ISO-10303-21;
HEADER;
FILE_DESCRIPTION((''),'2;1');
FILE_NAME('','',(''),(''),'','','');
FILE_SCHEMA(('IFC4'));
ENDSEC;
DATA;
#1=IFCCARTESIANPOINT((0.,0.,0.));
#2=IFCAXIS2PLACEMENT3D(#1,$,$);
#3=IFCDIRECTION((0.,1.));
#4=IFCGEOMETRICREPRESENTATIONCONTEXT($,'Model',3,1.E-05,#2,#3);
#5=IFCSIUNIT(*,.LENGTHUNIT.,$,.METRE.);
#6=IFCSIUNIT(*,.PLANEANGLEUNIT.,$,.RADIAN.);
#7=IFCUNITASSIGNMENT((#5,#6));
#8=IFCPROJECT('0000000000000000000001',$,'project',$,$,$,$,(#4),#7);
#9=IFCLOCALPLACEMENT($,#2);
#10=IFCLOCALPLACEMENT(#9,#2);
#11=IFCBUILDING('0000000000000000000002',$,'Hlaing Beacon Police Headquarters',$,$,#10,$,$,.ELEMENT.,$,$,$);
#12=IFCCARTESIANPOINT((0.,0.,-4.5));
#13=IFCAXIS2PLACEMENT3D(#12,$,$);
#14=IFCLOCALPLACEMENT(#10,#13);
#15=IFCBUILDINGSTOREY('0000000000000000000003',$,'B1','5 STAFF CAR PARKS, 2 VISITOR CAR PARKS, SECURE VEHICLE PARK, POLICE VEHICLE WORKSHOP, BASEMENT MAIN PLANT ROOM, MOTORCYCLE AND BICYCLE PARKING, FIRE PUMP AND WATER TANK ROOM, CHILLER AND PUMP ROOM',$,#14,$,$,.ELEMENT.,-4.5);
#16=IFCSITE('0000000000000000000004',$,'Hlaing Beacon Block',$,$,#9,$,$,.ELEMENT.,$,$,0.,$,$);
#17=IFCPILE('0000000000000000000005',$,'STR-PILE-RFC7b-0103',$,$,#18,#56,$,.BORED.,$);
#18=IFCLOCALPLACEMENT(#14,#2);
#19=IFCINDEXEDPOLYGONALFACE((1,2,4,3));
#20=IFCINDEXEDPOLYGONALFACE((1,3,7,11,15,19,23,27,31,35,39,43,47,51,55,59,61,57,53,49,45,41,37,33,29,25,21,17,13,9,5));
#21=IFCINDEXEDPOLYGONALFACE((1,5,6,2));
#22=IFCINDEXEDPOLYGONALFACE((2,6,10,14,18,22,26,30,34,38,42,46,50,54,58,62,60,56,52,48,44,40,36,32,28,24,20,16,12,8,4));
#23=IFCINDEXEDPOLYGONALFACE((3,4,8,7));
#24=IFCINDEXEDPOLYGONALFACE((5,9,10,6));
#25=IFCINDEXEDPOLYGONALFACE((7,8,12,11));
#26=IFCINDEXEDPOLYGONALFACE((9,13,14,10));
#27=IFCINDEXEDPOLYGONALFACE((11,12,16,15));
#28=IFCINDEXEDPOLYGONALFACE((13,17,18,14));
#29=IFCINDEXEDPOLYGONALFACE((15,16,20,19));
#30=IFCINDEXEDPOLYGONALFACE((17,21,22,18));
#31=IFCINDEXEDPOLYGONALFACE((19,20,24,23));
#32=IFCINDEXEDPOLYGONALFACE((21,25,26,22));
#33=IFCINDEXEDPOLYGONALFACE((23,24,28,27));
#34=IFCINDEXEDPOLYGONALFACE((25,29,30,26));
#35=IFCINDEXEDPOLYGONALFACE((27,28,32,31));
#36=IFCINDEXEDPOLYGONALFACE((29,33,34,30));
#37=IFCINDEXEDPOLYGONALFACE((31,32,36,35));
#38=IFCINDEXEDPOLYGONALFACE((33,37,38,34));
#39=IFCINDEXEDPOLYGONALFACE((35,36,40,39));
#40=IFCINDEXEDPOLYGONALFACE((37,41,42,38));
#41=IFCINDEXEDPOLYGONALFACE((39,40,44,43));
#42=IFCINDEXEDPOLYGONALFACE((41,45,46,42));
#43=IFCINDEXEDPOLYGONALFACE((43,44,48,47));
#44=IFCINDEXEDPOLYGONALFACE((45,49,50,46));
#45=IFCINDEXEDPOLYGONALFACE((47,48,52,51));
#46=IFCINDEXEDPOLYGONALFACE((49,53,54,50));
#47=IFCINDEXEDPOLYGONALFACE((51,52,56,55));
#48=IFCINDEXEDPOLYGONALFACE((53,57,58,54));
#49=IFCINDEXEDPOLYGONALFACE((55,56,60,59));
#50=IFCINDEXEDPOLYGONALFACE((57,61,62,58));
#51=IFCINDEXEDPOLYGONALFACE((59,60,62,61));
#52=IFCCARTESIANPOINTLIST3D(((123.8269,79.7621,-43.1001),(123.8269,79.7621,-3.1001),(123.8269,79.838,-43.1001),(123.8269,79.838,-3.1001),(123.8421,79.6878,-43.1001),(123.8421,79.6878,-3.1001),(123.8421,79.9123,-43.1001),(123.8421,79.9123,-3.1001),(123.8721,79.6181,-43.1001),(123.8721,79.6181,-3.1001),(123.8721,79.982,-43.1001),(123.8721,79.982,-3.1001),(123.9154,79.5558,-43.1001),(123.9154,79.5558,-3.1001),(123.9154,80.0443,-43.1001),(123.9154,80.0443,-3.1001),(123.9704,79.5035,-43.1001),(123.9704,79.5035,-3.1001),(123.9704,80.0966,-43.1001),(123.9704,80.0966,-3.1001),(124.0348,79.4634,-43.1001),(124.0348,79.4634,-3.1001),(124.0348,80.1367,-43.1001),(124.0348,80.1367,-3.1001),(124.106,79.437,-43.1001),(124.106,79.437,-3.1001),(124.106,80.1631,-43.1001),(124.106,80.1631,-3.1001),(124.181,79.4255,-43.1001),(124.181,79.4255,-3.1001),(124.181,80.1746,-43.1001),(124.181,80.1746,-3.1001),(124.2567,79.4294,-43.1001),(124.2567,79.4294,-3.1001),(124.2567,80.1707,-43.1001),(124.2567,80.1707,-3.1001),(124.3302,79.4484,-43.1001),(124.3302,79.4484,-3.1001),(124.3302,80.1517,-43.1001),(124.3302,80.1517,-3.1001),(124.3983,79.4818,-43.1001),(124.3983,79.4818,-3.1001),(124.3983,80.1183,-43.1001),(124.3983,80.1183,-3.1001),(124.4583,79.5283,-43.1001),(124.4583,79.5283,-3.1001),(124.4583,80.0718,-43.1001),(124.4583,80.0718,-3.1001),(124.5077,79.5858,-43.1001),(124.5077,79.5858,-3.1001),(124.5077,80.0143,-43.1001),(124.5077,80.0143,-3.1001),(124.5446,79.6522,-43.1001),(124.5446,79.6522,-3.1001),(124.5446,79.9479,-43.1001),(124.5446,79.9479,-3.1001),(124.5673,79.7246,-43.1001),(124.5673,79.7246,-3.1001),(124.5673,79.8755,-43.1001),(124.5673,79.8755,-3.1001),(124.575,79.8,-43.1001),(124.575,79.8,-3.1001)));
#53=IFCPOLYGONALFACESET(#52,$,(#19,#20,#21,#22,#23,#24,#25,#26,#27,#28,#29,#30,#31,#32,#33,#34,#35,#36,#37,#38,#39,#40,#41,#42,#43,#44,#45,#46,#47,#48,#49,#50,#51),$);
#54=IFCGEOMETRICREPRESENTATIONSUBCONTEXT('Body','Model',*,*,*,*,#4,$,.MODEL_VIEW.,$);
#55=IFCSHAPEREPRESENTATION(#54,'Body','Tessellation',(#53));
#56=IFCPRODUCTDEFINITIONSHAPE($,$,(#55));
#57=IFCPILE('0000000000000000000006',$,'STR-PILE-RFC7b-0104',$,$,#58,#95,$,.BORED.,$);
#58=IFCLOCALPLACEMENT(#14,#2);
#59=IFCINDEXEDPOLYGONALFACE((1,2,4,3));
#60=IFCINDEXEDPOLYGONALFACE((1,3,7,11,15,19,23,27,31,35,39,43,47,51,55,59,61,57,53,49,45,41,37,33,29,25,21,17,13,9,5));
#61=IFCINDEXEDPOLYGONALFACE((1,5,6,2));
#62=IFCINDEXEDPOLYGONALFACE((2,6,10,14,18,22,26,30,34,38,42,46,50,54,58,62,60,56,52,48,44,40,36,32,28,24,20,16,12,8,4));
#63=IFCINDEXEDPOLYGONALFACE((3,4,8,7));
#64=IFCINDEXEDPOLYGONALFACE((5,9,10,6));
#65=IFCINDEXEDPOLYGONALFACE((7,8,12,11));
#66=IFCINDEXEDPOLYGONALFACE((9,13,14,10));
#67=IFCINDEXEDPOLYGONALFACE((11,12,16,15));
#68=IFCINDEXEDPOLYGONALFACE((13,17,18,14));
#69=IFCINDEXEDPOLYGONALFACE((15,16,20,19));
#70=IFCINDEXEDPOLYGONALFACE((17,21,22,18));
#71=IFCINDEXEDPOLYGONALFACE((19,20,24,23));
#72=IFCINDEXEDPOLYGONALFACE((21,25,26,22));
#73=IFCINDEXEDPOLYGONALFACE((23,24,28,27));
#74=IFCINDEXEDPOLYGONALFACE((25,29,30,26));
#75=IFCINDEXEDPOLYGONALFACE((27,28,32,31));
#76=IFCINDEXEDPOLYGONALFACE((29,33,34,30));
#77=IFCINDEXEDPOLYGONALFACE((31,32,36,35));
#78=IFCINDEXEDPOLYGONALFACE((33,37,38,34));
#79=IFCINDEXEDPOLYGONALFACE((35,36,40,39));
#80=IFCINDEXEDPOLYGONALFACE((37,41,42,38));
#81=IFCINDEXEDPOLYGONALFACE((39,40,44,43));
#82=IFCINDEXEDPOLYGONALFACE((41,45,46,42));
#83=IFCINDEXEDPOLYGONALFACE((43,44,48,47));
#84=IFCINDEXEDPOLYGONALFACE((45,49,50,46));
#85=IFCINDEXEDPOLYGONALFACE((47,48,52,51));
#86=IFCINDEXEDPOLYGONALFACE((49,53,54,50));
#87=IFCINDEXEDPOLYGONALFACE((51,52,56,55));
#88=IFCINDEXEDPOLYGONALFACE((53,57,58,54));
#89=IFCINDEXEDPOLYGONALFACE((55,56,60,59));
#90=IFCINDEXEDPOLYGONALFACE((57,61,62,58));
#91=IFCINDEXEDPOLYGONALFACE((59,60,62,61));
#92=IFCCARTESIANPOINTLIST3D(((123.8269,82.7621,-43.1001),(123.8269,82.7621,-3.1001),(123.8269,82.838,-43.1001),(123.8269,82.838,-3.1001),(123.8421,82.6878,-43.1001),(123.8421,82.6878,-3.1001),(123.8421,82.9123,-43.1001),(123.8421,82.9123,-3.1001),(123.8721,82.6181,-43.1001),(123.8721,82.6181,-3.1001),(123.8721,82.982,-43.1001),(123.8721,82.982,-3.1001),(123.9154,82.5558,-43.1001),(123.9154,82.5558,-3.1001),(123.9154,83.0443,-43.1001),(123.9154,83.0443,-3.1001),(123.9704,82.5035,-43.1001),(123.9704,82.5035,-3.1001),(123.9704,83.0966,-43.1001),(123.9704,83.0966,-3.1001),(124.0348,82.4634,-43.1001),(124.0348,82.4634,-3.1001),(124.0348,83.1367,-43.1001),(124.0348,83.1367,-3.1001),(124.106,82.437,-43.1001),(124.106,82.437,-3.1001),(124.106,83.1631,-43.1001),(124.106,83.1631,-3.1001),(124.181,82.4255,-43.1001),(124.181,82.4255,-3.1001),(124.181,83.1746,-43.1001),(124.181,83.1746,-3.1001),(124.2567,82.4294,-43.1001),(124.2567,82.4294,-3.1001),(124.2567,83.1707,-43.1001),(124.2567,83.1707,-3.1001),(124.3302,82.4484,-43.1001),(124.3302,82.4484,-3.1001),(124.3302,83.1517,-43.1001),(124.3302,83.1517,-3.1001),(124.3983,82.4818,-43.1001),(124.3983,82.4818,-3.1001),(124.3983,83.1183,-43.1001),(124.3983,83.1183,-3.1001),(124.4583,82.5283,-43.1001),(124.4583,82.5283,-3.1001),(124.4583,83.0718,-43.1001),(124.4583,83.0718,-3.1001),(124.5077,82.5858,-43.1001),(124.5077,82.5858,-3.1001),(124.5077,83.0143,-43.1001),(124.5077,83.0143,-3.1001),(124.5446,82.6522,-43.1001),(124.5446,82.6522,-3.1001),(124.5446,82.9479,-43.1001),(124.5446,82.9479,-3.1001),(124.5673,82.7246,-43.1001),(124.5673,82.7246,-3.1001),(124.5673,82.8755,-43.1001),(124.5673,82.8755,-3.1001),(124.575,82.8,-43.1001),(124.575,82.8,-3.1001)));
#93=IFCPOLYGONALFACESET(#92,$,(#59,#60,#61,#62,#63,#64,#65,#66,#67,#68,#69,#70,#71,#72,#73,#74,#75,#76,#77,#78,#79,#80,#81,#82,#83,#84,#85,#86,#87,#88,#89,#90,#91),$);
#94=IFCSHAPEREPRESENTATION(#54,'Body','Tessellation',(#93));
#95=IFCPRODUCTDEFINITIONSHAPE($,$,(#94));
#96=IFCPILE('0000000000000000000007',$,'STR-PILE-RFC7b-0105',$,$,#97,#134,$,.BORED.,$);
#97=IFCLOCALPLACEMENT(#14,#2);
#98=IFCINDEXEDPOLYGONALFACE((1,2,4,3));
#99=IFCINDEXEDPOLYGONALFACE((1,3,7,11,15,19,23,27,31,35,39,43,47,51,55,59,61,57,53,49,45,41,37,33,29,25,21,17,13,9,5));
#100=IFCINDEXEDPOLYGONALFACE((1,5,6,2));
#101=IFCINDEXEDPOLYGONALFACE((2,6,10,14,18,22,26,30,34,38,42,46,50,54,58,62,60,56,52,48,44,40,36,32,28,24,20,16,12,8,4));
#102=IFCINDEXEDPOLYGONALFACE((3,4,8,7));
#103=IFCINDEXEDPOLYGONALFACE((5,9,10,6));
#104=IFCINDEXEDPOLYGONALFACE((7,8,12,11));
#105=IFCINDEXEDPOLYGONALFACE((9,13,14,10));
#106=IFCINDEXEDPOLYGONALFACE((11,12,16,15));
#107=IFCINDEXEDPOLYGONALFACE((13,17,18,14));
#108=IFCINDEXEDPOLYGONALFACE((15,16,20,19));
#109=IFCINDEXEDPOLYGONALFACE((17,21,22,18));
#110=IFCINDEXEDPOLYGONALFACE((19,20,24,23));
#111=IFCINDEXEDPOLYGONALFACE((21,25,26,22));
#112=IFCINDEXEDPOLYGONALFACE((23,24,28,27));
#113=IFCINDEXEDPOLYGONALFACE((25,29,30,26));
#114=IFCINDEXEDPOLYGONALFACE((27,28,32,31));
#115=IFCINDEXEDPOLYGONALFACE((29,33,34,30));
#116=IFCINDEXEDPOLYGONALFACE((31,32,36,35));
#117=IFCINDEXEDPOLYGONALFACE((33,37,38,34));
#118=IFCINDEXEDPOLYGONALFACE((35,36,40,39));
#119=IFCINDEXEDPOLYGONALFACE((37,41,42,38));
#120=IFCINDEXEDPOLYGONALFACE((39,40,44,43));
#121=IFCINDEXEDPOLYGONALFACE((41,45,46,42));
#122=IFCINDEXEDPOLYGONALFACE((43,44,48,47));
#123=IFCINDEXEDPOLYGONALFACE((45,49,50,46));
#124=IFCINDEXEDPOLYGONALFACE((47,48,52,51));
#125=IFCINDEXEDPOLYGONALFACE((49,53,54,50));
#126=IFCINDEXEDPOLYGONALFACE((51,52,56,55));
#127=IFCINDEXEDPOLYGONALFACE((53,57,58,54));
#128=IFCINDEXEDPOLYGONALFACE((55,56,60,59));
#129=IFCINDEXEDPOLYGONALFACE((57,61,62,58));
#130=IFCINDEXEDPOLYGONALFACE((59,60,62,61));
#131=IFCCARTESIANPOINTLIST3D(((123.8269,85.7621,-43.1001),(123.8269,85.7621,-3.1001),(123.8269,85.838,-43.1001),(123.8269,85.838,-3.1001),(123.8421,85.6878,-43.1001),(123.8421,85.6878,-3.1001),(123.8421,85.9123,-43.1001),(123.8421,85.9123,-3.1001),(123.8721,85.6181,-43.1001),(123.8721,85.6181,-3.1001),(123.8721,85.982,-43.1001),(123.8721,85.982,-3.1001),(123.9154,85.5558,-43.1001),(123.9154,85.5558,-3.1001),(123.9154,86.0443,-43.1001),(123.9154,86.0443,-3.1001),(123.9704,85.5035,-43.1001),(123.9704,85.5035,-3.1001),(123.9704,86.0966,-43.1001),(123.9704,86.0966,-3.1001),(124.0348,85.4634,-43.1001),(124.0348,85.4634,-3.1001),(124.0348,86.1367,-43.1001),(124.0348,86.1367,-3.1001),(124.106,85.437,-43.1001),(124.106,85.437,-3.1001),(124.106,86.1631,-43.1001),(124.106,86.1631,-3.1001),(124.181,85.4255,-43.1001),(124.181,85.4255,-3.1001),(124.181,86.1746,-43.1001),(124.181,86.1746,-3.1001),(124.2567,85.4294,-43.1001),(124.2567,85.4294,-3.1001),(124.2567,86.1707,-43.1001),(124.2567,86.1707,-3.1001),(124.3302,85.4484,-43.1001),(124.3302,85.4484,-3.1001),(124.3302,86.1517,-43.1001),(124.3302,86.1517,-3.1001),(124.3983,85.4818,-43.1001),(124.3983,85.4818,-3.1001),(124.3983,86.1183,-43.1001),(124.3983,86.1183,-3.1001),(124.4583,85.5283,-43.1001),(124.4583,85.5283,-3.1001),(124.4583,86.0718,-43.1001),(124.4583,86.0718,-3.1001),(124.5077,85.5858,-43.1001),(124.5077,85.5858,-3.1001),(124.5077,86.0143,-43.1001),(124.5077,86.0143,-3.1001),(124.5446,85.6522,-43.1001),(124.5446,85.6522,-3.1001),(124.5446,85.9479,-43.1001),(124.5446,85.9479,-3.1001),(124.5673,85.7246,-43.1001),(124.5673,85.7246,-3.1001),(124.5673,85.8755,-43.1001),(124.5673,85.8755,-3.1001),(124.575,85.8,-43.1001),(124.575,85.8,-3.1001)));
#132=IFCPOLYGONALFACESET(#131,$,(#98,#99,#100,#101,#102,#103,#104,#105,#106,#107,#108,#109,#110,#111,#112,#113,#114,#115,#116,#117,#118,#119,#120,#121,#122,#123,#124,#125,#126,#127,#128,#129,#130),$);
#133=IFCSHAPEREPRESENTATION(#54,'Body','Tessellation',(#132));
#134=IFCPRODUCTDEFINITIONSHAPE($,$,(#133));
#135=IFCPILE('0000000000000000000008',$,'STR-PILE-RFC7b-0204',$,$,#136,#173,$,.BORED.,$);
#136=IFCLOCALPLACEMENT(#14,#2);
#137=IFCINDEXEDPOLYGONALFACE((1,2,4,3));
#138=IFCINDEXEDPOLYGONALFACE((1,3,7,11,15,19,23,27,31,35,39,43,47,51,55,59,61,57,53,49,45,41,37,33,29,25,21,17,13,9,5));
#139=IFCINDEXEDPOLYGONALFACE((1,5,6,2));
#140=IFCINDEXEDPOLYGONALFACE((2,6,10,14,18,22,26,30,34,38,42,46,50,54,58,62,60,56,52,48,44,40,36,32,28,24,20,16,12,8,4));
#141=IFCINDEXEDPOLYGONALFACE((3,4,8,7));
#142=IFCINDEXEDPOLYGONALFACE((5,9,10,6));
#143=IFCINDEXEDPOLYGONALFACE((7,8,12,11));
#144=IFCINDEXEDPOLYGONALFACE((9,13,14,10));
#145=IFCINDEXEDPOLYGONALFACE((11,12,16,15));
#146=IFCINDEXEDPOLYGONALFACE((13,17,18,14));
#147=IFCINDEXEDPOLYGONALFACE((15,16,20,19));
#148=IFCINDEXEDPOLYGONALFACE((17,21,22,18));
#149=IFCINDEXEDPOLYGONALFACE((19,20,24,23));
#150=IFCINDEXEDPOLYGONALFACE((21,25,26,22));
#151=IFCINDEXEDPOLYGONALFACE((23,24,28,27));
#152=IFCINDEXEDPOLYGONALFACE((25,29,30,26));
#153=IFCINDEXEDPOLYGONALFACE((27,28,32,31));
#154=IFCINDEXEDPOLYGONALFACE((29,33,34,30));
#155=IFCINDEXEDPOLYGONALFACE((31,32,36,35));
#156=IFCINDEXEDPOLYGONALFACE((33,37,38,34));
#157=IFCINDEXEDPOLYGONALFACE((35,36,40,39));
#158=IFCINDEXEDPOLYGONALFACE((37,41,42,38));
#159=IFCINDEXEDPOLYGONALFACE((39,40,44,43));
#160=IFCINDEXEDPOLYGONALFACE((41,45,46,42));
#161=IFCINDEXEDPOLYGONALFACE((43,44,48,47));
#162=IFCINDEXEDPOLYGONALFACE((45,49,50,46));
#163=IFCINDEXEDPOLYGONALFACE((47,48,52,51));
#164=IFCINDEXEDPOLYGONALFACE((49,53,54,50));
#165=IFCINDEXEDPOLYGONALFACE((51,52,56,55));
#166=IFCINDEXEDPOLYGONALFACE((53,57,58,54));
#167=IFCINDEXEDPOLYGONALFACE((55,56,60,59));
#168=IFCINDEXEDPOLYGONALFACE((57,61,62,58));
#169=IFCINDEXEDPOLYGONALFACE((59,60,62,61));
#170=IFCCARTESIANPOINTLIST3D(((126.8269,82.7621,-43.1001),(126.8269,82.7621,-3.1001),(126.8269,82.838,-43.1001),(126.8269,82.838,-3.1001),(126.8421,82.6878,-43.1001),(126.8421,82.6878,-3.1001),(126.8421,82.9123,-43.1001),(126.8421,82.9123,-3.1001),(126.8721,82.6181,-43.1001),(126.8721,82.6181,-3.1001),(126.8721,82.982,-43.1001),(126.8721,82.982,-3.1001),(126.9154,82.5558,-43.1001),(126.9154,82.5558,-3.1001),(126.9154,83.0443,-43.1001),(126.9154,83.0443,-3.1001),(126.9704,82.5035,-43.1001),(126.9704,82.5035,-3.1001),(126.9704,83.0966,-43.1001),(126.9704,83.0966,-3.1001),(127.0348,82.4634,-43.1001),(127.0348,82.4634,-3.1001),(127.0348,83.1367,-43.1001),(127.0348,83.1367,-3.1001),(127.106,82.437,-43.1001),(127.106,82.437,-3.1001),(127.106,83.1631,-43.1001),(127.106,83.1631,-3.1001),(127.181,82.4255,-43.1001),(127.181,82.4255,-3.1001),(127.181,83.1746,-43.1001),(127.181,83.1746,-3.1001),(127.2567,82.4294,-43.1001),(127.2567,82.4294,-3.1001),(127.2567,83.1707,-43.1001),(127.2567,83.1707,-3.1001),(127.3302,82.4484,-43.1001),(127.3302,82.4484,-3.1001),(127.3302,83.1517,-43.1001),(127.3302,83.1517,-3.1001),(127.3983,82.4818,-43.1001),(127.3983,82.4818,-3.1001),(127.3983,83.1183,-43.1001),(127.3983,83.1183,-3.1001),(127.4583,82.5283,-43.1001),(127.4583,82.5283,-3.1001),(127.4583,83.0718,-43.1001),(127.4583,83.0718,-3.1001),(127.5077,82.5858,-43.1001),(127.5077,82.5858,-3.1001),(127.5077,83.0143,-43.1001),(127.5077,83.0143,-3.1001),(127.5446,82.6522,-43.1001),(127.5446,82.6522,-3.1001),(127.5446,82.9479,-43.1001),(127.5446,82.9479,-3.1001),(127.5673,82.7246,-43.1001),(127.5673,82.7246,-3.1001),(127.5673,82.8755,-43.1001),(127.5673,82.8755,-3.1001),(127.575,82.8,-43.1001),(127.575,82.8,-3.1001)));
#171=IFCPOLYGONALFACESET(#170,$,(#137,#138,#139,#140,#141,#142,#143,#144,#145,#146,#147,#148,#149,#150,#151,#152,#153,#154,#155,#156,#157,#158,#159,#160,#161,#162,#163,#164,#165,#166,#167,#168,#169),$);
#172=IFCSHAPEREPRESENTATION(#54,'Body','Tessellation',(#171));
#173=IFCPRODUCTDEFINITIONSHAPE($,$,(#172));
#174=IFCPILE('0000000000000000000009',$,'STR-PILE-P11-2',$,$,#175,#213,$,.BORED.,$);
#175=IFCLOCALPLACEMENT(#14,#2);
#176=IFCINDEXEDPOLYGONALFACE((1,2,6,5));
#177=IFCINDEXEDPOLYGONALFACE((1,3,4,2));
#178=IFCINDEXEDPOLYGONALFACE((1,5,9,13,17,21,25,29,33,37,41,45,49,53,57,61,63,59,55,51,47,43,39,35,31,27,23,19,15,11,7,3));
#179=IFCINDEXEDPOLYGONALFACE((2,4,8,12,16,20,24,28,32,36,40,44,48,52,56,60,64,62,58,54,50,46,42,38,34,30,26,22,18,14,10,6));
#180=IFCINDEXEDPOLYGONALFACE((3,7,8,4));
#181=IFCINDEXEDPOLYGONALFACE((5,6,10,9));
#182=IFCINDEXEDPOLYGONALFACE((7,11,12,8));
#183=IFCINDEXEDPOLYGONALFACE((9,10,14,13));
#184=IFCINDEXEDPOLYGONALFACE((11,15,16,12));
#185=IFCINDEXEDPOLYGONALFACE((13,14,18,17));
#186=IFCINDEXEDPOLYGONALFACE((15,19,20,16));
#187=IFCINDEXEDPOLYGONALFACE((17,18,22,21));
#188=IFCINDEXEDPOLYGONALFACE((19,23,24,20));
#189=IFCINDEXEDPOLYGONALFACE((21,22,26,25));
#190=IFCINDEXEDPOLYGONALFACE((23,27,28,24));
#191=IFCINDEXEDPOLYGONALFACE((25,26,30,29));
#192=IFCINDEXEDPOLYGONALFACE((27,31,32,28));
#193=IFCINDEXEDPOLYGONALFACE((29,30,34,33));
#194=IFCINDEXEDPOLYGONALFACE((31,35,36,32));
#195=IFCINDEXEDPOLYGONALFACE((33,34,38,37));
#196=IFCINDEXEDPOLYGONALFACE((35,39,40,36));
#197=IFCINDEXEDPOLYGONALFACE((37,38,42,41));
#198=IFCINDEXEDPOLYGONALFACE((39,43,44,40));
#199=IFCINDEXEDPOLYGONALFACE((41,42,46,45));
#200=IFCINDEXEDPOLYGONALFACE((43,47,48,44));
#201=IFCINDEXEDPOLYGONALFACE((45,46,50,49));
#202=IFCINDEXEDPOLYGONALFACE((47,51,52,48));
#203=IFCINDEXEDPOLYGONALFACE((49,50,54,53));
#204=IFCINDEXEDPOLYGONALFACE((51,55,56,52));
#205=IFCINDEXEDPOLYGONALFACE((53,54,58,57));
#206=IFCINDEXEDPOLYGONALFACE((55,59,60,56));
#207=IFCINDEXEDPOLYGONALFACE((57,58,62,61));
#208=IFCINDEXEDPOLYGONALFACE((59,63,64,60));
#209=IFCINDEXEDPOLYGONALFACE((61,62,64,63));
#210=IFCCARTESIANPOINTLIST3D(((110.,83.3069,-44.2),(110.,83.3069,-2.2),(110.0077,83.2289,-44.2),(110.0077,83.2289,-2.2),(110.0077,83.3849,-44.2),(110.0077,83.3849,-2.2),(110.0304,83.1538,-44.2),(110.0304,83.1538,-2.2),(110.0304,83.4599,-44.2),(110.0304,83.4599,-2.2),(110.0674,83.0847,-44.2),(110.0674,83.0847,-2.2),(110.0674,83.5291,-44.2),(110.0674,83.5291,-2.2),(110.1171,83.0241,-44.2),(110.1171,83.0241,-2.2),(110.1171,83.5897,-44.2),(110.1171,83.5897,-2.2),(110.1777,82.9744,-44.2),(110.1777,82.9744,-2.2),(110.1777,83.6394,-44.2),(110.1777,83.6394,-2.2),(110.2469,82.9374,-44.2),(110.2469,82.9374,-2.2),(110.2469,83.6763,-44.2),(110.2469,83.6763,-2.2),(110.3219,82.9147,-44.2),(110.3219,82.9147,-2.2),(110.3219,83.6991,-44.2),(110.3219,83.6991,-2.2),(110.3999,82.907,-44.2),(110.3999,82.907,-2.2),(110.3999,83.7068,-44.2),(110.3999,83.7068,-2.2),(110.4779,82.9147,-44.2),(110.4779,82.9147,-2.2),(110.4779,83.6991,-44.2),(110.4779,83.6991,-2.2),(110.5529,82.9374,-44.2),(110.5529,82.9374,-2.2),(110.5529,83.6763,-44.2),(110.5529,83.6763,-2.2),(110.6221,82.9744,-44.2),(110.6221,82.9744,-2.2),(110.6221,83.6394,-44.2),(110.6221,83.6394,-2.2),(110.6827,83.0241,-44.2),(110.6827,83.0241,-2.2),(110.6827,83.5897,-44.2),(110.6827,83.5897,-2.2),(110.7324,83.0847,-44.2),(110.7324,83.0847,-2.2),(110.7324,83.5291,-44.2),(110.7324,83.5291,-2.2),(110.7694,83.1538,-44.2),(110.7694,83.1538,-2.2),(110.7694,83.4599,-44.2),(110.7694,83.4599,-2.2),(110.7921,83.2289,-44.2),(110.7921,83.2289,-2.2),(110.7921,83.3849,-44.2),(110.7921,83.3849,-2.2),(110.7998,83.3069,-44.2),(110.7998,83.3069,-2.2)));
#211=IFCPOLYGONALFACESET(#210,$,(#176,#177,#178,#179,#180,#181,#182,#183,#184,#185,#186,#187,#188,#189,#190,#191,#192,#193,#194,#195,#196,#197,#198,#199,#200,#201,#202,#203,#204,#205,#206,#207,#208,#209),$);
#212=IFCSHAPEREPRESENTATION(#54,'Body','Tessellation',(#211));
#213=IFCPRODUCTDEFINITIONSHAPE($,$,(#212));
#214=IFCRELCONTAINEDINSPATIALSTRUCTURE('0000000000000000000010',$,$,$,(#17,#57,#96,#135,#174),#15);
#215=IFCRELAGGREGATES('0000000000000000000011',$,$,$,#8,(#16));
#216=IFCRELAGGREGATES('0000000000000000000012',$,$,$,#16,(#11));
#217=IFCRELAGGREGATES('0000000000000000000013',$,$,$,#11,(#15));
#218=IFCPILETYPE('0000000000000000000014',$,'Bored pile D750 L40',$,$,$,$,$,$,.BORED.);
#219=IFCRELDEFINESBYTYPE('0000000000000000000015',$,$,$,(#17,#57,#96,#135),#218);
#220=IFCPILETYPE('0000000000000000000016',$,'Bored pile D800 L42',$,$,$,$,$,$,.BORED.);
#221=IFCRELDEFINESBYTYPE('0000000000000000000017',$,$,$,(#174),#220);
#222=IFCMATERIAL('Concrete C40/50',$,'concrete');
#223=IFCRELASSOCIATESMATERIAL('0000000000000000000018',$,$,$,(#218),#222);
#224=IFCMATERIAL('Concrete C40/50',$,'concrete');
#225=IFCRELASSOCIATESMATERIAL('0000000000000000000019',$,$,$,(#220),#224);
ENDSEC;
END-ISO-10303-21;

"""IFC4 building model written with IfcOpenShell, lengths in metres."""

from ifc_helpers import new_model, si_unit, direction, frame, origin, origin_2d, place, context, subcontext, project, spatial, circle, extrude, material, material_profile, profile_set, type_object, element, save


model = new_model("IFC4")

# Units and contexts
model_context = context("Model", 3, precision=1e-05, world=origin(), true_north=direction((0.0, 1.0)))
body_context = subcontext(model_context, "Body", "Model", "MODEL_VIEW")
ifc_project = project(units=[si_unit("LENGTHUNIT", "METRE"), si_unit("PLANEANGLEUNIT", "RADIAN")], contexts=[model_context])

# Site, building, storey
site_placement = place(None, origin())
site = spatial("IfcSite", under=ifc_project, at=site_placement, Name="Hlaing Beacon Block", CompositionType="ELEMENT", RefElevation=0.0)
building_placement = place(site_placement, origin())
building = spatial("IfcBuilding", under=site, at=building_placement, Name="Hlaing Beacon Police Headquarters", CompositionType="ELEMENT")
storey_placement = place(building_placement, frame((0.0, 0.0, -4.5)))
storey = spatial("IfcBuildingStorey", under=building, at=storey_placement, Name="B1", Description="5 STAFF CAR PARKS, 2 VISITOR CAR PARKS, SECURE VEHICLE PARK, POLICE VEHICLE WORKSHOP, BASEMENT MAIN PLANT ROOM, MOTORCYCLE AND BICYCLE PARKING, FIRE PUMP AND WATER TANK ROOM, CHILLER AND PUMP ROOM", CompositionType="ELEMENT", Elevation=-4.5)

# Piles
ifc_material_1 = material(Name="Concrete C40/50", Category="concrete")
ifc_material_profile_1 = material_profile(ifc_material_1, circle(Radius=0.375, at=origin_2d()), Name="D750")
ifc_profile_set_1 = profile_set([ifc_material_profile_1], Name="Concrete C40/50")
pile_type_1 = type_object("IfcPileType", Name="Bored pile D750 L40", PredefinedType="BORED", material=ifc_profile_set_1)
for number, where, z_axis, x_axis, name in (
    (1, (124.2, 79.8, -3.1001), (0.0, 0.0, -1.0), (1.0, 0.0, 0.0), "STR-PILE-RFC7b-0103"),
    (2, (124.2, 82.8, -3.1001), (0.0, 0.0, -1.0), (1.0, 0.0, 0.0), "STR-PILE-RFC7b-0104"),
    (3, (124.2, 85.8, -3.1001), (0.0, 0.0, -1.0), (1.0, 0.0, 0.0), "STR-PILE-RFC7b-0105"),
    (4, (127.2, 82.8, -3.1001), (0.0, 0.0, -1.0), (1.0, 0.0, 0.0), "STR-PILE-RFC7b-0204"),
):
    element("IfcPile", number, at=place(storey_placement, frame(where, z_axis=z_axis, x_axis=x_axis)), inside=storey, type_object=pile_type_1, Name=name, PredefinedType="BORED", context=body_context, shape_type="SweptSolid", body=[
        extrude(circle(Radius=0.375, at=origin_2d()), origin(), (0.0, 0.0, 1.0), 40.0),
    ])
ifc_material_2 = material(Name="Concrete C40/50", Category="concrete")
ifc_material_profile_2 = material_profile(ifc_material_2, circle(Radius=0.3999, at=origin_2d()), Name="D800")
ifc_profile_set_2 = profile_set([ifc_material_profile_2], Name="Concrete C40/50")
pile_type_2 = type_object("IfcPileType", Name="Bored pile D800 L42", PredefinedType="BORED", material=ifc_profile_set_2)
for number, where, z_axis, x_axis, name in (
    (5, (110.3999, 83.3069, -2.2), (0.0, 0.0, -1.0), (1.0, 0.0, 0.0), "STR-PILE-P11-2"),
):
    element("IfcPile", number, at=place(storey_placement, frame(where, z_axis=z_axis, x_axis=x_axis)), inside=storey, type_object=pile_type_2, Name=name, PredefinedType="BORED", context=body_context, shape_type="SweptSolid", body=[
        extrude(circle(Radius=0.3999, at=origin_2d()), origin(), (0.0, 0.0, 1.0), 42.0),
    ])

save(model, "model.ifc")
